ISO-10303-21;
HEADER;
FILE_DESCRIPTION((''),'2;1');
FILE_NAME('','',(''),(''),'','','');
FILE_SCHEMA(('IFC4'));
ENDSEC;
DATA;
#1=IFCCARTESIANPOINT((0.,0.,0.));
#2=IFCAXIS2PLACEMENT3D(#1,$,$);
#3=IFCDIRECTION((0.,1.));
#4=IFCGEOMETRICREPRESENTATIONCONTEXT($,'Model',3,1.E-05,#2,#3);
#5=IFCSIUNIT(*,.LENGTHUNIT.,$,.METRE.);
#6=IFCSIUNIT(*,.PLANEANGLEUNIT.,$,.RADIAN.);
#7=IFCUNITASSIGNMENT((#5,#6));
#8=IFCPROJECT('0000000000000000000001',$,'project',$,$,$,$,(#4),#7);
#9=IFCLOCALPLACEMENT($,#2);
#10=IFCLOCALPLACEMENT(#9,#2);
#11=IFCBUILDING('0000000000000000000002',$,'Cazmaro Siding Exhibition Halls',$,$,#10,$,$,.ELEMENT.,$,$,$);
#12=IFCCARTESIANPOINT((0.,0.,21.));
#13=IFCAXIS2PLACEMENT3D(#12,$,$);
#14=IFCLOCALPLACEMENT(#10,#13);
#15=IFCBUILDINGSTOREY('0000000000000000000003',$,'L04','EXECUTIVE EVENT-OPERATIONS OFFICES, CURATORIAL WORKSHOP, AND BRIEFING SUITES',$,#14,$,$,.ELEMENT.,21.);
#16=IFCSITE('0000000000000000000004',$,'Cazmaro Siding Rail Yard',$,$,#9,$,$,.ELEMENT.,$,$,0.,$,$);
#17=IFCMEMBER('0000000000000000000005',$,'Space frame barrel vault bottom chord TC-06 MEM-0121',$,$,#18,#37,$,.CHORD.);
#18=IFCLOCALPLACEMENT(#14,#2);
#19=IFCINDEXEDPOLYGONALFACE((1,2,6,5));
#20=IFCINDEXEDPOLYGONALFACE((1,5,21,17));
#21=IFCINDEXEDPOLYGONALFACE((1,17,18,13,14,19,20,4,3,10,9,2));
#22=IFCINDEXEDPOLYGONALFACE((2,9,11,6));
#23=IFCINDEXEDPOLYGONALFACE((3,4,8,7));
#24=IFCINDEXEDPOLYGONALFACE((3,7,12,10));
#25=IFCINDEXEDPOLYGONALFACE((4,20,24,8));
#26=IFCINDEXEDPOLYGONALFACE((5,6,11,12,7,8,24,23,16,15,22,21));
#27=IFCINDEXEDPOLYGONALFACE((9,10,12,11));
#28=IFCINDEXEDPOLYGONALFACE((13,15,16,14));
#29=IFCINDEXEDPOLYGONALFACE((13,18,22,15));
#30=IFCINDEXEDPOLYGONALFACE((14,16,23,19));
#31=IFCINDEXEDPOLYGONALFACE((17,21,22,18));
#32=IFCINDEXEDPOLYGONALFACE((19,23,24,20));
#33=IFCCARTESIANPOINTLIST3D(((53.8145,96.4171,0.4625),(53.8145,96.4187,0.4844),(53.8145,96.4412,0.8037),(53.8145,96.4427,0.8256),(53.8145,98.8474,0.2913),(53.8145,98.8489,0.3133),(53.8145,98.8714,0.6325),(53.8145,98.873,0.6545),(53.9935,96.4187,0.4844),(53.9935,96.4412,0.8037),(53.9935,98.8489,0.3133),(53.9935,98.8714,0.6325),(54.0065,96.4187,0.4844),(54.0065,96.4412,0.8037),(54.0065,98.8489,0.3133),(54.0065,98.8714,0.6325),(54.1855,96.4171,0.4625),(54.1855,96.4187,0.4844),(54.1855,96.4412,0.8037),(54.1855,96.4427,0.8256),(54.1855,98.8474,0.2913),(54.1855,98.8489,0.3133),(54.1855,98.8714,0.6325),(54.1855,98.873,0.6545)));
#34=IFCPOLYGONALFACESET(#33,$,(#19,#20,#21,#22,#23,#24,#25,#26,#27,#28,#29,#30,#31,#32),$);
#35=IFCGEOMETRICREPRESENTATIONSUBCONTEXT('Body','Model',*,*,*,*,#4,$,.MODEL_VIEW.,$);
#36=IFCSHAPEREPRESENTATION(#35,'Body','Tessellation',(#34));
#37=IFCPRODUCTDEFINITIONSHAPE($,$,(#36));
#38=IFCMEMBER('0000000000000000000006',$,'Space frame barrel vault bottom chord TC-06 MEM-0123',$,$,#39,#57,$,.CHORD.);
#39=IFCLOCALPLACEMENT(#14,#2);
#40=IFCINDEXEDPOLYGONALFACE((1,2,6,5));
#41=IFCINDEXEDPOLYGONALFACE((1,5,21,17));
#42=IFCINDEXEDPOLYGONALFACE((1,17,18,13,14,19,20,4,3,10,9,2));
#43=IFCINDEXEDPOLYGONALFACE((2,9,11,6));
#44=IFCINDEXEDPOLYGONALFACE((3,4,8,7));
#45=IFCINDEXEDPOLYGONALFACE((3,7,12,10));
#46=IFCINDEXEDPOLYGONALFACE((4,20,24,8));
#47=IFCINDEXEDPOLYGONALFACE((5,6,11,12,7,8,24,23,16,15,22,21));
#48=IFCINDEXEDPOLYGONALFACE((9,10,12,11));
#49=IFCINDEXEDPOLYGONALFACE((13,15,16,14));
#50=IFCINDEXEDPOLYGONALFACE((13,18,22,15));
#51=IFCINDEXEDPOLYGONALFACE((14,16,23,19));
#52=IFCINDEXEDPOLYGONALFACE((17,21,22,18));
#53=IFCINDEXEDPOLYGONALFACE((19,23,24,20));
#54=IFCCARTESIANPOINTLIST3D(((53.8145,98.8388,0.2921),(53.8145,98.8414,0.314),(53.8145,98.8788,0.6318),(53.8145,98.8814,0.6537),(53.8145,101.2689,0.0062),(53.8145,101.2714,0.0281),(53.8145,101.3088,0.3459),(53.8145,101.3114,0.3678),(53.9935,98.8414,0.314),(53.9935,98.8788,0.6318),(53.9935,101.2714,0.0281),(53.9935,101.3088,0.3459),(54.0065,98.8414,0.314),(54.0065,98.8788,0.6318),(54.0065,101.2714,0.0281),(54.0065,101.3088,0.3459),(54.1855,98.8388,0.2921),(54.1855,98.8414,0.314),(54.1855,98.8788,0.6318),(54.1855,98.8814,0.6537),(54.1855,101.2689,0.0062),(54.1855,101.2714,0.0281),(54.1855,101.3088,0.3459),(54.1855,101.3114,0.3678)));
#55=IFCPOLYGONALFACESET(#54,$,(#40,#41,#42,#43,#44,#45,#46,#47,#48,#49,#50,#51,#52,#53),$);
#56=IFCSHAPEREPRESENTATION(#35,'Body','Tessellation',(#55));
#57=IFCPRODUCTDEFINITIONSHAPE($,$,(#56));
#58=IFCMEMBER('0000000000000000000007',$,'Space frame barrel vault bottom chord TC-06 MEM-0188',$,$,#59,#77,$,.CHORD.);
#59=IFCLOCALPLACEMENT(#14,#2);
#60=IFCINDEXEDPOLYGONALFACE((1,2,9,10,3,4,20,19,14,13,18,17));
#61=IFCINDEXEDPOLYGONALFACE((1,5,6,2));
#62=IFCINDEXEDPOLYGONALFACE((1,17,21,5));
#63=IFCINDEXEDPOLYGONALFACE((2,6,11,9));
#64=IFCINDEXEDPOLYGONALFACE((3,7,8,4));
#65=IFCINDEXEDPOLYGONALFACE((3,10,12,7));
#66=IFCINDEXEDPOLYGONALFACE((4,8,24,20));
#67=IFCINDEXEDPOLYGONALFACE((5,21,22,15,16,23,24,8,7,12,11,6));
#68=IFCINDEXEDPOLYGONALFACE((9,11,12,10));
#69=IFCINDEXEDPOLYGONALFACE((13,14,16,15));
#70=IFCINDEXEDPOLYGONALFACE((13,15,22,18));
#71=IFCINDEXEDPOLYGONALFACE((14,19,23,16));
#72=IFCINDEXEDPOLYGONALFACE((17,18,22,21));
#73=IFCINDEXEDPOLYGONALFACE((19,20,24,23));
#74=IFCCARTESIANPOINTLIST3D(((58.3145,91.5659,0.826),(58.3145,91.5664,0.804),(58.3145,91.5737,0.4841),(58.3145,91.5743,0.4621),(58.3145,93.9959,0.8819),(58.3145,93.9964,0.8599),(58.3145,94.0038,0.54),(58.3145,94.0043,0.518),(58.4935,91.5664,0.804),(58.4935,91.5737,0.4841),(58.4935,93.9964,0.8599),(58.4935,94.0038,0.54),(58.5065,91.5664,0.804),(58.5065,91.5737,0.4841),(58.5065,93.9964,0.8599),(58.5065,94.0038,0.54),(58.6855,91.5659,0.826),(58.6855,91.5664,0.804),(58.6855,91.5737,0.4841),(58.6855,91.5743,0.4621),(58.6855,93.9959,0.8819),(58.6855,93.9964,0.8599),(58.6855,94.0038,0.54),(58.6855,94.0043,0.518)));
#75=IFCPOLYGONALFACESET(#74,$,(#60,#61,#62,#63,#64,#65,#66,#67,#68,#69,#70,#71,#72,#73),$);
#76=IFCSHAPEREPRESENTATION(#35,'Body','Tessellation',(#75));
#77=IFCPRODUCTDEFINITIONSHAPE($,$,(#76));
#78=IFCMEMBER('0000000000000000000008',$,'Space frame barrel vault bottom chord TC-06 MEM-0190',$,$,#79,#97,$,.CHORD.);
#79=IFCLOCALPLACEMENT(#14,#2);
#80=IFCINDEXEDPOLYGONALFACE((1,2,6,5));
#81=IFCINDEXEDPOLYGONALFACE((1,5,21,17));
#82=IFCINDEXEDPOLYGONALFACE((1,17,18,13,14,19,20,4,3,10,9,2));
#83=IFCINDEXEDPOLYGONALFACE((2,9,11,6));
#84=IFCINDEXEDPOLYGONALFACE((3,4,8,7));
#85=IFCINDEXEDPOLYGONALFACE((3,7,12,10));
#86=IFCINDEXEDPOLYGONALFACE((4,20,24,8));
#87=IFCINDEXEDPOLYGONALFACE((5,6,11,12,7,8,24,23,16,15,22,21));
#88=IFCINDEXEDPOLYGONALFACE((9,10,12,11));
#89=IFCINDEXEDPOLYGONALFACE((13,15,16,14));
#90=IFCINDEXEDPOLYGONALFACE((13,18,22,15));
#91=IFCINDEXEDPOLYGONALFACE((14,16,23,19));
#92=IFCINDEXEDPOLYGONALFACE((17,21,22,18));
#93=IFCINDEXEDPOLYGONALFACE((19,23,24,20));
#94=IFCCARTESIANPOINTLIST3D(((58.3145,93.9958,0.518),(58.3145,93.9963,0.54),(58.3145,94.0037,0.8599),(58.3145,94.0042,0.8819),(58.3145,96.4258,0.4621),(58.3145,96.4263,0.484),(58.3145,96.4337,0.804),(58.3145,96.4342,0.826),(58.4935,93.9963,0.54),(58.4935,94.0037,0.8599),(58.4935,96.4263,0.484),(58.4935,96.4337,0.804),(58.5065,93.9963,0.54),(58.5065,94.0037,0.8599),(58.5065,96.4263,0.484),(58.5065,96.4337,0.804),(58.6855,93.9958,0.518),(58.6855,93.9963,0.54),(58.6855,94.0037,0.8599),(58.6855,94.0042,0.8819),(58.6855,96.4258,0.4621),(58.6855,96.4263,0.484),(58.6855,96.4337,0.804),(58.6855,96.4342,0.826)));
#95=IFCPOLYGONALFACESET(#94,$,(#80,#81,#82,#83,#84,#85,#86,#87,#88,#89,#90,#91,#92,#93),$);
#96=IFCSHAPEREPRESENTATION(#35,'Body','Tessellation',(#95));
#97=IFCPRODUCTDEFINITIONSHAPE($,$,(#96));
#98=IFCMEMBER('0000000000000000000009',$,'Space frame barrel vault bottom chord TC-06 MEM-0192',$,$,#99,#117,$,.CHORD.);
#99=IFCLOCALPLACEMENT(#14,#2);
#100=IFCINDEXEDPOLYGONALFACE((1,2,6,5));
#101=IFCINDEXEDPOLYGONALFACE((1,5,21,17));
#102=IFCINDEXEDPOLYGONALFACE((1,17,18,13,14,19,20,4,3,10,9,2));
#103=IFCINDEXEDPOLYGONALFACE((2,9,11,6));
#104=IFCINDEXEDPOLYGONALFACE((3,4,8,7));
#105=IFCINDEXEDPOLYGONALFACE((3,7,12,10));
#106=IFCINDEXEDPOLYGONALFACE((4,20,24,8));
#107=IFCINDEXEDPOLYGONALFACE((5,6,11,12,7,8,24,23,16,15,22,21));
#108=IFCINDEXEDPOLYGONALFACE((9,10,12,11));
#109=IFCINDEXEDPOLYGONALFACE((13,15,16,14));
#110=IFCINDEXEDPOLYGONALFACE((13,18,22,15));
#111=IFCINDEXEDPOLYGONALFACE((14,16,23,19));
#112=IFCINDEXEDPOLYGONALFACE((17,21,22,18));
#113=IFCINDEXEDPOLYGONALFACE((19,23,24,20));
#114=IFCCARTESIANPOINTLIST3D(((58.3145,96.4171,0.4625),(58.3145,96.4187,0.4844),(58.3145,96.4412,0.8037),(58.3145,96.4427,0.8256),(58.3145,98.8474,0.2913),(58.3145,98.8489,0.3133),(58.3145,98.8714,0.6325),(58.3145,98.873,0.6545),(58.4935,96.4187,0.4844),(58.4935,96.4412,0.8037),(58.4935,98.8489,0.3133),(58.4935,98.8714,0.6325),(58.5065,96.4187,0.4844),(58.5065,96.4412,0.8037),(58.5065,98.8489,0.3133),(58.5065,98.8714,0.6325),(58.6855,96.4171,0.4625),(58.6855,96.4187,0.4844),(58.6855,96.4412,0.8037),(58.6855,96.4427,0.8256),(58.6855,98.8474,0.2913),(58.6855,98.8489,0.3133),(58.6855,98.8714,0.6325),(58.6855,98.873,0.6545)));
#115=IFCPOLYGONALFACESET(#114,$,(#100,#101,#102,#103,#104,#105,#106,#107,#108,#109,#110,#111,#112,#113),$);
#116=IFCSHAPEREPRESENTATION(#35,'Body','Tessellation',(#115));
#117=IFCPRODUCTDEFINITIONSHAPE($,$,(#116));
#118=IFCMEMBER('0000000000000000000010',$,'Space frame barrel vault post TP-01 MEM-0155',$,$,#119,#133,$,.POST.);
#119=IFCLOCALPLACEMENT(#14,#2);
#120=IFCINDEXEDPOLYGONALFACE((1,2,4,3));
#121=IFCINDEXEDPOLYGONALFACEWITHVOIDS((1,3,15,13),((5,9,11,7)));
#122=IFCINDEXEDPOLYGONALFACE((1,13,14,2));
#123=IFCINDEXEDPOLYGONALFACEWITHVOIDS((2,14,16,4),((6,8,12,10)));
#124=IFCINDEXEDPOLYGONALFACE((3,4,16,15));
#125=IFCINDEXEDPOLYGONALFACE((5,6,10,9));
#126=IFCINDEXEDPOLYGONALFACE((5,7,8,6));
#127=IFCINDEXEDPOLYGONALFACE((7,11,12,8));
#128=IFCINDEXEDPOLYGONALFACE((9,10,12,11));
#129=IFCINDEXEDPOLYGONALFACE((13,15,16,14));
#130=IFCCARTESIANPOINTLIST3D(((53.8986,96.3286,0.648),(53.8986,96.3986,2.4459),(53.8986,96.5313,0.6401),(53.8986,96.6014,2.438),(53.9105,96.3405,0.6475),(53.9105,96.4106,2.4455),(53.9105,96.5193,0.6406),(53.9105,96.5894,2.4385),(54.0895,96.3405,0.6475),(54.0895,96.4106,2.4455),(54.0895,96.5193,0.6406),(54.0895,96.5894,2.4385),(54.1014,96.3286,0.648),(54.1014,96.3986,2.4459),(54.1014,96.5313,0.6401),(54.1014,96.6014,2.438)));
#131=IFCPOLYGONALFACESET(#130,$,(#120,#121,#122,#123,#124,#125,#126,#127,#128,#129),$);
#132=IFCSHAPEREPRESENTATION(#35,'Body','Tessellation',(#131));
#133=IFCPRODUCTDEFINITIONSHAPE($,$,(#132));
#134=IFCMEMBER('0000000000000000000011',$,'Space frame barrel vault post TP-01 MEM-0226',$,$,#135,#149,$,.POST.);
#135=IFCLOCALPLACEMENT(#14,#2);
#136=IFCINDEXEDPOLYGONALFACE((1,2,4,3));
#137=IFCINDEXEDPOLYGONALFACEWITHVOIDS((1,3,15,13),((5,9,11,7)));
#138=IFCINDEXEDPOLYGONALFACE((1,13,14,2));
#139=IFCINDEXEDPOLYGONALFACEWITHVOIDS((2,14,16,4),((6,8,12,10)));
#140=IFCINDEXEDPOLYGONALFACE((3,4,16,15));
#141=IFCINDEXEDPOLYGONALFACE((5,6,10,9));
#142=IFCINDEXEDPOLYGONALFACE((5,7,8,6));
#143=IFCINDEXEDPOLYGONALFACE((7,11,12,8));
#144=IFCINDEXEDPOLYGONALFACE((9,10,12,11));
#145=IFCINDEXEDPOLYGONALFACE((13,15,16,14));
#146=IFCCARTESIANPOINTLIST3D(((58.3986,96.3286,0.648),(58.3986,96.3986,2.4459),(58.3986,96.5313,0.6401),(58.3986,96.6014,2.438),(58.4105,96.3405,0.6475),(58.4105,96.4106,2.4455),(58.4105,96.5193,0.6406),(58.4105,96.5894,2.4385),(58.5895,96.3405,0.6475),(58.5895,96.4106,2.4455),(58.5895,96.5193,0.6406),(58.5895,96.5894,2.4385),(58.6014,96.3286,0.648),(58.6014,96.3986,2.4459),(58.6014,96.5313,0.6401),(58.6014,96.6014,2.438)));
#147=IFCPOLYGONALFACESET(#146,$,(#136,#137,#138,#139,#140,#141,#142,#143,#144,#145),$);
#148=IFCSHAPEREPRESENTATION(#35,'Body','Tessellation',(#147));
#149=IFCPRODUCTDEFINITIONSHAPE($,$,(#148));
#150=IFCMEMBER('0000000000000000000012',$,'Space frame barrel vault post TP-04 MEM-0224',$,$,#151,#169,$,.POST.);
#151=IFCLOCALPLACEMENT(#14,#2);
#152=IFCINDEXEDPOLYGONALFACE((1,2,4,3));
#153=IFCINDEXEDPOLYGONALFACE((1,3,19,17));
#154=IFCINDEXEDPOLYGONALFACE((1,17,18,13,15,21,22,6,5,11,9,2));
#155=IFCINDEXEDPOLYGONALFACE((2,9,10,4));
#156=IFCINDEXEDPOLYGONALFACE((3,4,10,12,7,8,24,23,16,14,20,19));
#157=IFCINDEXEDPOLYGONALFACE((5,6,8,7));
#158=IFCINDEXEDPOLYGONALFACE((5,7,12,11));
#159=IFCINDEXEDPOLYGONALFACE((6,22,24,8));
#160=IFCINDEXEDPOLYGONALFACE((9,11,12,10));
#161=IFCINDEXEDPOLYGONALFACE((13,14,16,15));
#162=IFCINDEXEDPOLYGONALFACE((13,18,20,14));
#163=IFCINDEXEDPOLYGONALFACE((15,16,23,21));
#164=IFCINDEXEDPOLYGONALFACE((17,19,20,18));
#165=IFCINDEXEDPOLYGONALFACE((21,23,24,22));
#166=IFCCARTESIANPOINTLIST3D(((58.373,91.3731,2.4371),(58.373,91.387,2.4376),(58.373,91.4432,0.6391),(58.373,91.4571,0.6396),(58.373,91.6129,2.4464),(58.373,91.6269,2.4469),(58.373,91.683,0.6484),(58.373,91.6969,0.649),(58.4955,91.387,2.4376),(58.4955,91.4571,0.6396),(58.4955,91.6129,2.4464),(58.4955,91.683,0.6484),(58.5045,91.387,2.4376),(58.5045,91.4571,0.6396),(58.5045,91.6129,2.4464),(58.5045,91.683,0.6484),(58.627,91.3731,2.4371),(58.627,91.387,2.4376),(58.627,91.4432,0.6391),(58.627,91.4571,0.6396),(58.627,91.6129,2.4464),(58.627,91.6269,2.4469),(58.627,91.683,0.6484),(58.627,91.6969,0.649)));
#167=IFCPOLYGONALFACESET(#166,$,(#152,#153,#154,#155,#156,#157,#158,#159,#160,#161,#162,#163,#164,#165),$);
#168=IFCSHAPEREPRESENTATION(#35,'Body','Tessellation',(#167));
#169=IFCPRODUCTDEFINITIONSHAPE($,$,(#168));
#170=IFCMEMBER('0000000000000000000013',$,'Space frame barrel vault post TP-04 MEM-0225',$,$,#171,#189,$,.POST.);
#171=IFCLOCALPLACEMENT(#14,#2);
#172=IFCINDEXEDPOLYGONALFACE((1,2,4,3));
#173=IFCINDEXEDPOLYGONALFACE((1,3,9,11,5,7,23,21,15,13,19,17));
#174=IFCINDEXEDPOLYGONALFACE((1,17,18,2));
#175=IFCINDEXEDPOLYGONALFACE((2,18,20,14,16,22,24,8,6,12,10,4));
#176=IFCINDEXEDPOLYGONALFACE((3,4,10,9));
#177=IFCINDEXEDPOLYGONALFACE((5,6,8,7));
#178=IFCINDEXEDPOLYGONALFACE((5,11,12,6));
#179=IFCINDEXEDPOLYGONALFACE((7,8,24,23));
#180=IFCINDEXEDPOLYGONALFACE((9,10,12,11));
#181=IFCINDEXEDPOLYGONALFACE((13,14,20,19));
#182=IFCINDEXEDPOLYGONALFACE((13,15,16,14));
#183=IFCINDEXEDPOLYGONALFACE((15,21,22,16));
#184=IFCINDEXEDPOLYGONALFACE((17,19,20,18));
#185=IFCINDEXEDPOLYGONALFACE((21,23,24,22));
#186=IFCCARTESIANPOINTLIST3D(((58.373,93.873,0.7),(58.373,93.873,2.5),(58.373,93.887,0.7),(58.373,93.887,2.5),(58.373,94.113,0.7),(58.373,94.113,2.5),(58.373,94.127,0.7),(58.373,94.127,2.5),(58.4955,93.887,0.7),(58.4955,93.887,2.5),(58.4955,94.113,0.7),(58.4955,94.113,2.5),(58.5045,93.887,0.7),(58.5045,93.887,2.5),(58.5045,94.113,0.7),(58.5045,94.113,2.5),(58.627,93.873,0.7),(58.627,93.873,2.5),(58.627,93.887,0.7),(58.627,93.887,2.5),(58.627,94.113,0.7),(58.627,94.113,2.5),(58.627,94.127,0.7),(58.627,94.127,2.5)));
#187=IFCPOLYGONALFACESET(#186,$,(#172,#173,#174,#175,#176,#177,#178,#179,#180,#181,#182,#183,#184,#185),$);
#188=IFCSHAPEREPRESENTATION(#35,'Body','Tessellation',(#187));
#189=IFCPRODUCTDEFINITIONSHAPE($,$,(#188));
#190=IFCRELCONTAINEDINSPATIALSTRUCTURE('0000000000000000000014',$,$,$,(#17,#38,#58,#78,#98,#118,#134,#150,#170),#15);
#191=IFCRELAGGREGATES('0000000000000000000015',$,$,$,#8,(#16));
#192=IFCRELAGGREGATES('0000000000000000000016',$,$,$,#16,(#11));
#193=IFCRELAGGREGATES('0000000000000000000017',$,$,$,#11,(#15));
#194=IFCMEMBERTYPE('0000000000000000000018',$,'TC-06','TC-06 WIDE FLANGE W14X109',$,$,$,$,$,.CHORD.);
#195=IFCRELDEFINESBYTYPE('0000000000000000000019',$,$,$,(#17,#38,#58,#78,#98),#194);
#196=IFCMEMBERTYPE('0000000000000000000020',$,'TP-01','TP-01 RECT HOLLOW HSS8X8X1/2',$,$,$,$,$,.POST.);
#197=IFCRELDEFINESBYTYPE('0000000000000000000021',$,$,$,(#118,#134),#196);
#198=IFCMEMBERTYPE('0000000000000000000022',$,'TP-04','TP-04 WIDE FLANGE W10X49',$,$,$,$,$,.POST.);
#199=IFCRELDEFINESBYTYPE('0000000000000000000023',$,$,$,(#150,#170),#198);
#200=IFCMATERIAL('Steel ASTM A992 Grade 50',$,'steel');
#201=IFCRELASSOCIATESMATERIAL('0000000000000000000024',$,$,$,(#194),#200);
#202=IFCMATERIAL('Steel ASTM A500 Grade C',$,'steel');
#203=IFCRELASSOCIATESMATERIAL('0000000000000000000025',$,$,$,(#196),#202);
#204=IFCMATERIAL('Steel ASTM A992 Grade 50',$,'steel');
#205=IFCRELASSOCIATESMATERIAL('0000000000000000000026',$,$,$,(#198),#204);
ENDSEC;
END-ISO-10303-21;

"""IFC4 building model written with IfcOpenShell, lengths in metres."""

from ifc_helpers import new_model, si_unit, direction, frame, origin, origin_2d, place, context, subcontext, project, spatial, hollow_rectangle, i_section, extrude, material, material_profile, profile_set, type_object, element, save


model = new_model("IFC4")

# Units and contexts
model_context = context("Model", 3, precision=1e-05, world=origin(), true_north=direction((0.0, 1.0)))
body_context = subcontext(model_context, "Body", "Model", "MODEL_VIEW")
ifc_project = project(units=[si_unit("LENGTHUNIT", "METRE"), si_unit("PLANEANGLEUNIT", "RADIAN")], contexts=[model_context])

# Site, building, storey
site_placement = place(None, origin())
site = spatial("IfcSite", under=ifc_project, at=site_placement, Name="Cazmaro Siding Rail Yard", CompositionType="ELEMENT", RefElevation=0.0)
building_placement = place(site_placement, origin())
building = spatial("IfcBuilding", under=site, at=building_placement, Name="Cazmaro Siding Exhibition Halls", CompositionType="ELEMENT")
storey_placement = place(building_placement, frame((0.0, 0.0, 21.0)))
storey = spatial("IfcBuildingStorey", under=building, at=storey_placement, Name="L04", Description="EXECUTIVE EVENT-OPERATIONS OFFICES, CURATORIAL WORKSHOP, AND BRIEFING SUITES", CompositionType="ELEMENT", Elevation=21.0)

# Members
ifc_material_1 = material(Name="Steel ASTM A992 Grade 50", Category="steel")
ifc_material_profile_1 = material_profile(ifc_material_1, i_section(OverallWidth=0.3711, OverallDepth=0.364, WebThickness=0.0129, FlangeThickness=0.022, at=origin_2d()), Name="W14X109")
ifc_profile_set_1 = profile_set([ifc_material_profile_1], Name="Steel ASTM A992 Grade 50")
member_type_1 = type_object("IfcMemberType", Name="TC-06", Description="TC-06 WIDE FLANGE W14X109", PredefinedType="CHORD", material=ifc_profile_set_1)
member_1_placement = place(storey_placement, frame((54.0, 96.4299, 0.644), z_axis=(0.0, 0.997529, -0.07025), x_axis=(-1.0, 0.0, 0.0)))
element("IfcMember", 1, at=member_1_placement, inside=storey, type_object=member_type_1, Name="Space frame barrel vault bottom chord TC-06 MEM-0121", PredefinedType="CHORD", context=body_context, shape_type="SweptSolid", body=[
    extrude(i_section(OverallWidth=0.3711, OverallDepth=0.364, WebThickness=0.0129, FlangeThickness=0.022, at=origin_2d()), origin(), (0.0, 0.0, 1.0), 2.4363),
])
member_2_placement = place(storey_placement, frame((54.0, 98.8601, 0.4729), z_axis=(0.0, 0.99315, -0.116847), x_axis=(-1.0, 0.0, 0.0)))
element("IfcMember", 2, at=member_2_placement, inside=storey, type_object=member_type_1, Name="Space frame barrel vault bottom chord TC-06 MEM-0123", PredefinedType="CHORD", context=body_context, shape_type="SweptSolid", body=[
    extrude(i_section(OverallWidth=0.3711, OverallDepth=0.364, WebThickness=0.0129, FlangeThickness=0.022, at=origin_2d()), origin(), (0.0, 0.0, 1.0), 2.4468),
])
for number, where, z_axis, x_axis, name in (
    (3, (58.5, 91.5701, 0.644), (0.0, 0.999735, 0.023002), (-1.0, 0.0, 0.0), "Space frame barrel vault bottom chord TC-06 MEM-0188"),
    (4, (58.5, 94.0, 0.7), (0.0, 0.999735, -0.023002), (-1.0, 0.0, 0.0), "Space frame barrel vault bottom chord TC-06 MEM-0190"),
):
    element("IfcMember", number, at=place(storey_placement, frame(where, z_axis=z_axis, x_axis=x_axis)), inside=storey, type_object=member_type_1, Name=name, PredefinedType="CHORD", context=body_context, shape_type="SweptSolid", body=[
        extrude(i_section(OverallWidth=0.3711, OverallDepth=0.364, WebThickness=0.0129, FlangeThickness=0.022, at=origin_2d()), origin(), (0.0, 0.0, 1.0), 2.4307),
    ])
member_3_placement = place(storey_placement, frame((58.5, 96.4299, 0.644), z_axis=(0.0, 0.997529, -0.07025), x_axis=(-1.0, 0.0, 0.0)))
element("IfcMember", 5, at=member_3_placement, inside=storey, type_object=member_type_1, Name="Space frame barrel vault bottom chord TC-06 MEM-0192", PredefinedType="CHORD", context=body_context, shape_type="SweptSolid", body=[
    extrude(i_section(OverallWidth=0.3711, OverallDepth=0.364, WebThickness=0.0129, FlangeThickness=0.022, at=origin_2d()), origin(), (0.0, 0.0, 1.0), 2.4363),
])
ifc_material_2 = material(Name="Steel ASTM A500 Grade C", Category="steel")
ifc_material_profile_2 = material_profile(ifc_material_2, hollow_rectangle(XDim=0.2029, YDim=0.2029, WallThickness=0.012, at=origin_2d()), Name="HSS8X8X1/2")
ifc_profile_set_2 = profile_set([ifc_material_profile_2], Name="Steel ASTM A500 Grade C")
member_type_2 = type_object("IfcMemberType", Name="TP-01", Description="TP-01 RECT HOLLOW HSS8X8X1/2", PredefinedType="POST", material=ifc_profile_set_2)
for number, where, z_axis, x_axis, name in (
    (6, (54.0, 96.4299, 0.644), (0.0, 0.038944, 0.999241), (-1.0, 0.0, 0.0), "Space frame barrel vault post TP-01 MEM-0155"),
    (7, (58.5, 96.4299, 0.644), (0.0, 0.038944, 0.999241), (-1.0, 0.0, 0.0), "Space frame barrel vault post TP-01 MEM-0226"),
):
    element("IfcMember", number, at=place(storey_placement, frame(where, z_axis=z_axis, x_axis=x_axis)), inside=storey, type_object=member_type_2, Name=name, PredefinedType="POST", context=body_context, shape_type="SweptSolid", body=[
        extrude(hollow_rectangle(XDim=0.2029, YDim=0.2029, WallThickness=0.012, at=origin_2d()), origin(), (0.0, 0.0, 1.0), 1.7993),
    ])
ifc_material_3 = material(Name="Steel ASTM A992 Grade 50", Category="steel")
ifc_material_profile_3 = material_profile(ifc_material_3, i_section(OverallWidth=0.2539, OverallDepth=0.2539, WebThickness=0.009, FlangeThickness=0.0139, at=origin_2d()), Name="W10X49")
ifc_profile_set_3 = profile_set([ifc_material_profile_3], Name="Steel ASTM A992 Grade 50")
member_type_3 = type_object("IfcMemberType", Name="TP-04", Description="TP-04 WIDE FLANGE W10X49", PredefinedType="POST", material=ifc_profile_set_3)
member_4_placement = place(storey_placement, frame((58.5, 91.5701, 0.644), z_axis=(0.0, -0.038944, 0.999241), x_axis=(1.0, 0.0, 0.0)))
element("IfcMember", 8, at=member_4_placement, inside=storey, type_object=member_type_3, Name="Space frame barrel vault post TP-04 MEM-0224", PredefinedType="POST", context=body_context, shape_type="SweptSolid", body=[
    extrude(i_section(OverallWidth=0.2539, OverallDepth=0.2539, WebThickness=0.009, FlangeThickness=0.0139, at=origin_2d()), origin(), (0.0, 0.0, 1.0), 1.7993),
])
member_5_placement = place(storey_placement, frame((58.5, 94.0, 0.7), z_axis=(0.0, 0.0, 1.0), x_axis=(1.0, 0.0, 0.0)))
element("IfcMember", 9, at=member_5_placement, inside=storey, type_object=member_type_3, Name="Space frame barrel vault post TP-04 MEM-0225", PredefinedType="POST", context=body_context, shape_type="SweptSolid", body=[
    extrude(i_section(OverallWidth=0.2539, OverallDepth=0.2539, WebThickness=0.009, FlangeThickness=0.0139, at=origin_2d()), origin(), (0.0, 0.0, 1.0), 1.8),
])

save(model, "model.ifc")
